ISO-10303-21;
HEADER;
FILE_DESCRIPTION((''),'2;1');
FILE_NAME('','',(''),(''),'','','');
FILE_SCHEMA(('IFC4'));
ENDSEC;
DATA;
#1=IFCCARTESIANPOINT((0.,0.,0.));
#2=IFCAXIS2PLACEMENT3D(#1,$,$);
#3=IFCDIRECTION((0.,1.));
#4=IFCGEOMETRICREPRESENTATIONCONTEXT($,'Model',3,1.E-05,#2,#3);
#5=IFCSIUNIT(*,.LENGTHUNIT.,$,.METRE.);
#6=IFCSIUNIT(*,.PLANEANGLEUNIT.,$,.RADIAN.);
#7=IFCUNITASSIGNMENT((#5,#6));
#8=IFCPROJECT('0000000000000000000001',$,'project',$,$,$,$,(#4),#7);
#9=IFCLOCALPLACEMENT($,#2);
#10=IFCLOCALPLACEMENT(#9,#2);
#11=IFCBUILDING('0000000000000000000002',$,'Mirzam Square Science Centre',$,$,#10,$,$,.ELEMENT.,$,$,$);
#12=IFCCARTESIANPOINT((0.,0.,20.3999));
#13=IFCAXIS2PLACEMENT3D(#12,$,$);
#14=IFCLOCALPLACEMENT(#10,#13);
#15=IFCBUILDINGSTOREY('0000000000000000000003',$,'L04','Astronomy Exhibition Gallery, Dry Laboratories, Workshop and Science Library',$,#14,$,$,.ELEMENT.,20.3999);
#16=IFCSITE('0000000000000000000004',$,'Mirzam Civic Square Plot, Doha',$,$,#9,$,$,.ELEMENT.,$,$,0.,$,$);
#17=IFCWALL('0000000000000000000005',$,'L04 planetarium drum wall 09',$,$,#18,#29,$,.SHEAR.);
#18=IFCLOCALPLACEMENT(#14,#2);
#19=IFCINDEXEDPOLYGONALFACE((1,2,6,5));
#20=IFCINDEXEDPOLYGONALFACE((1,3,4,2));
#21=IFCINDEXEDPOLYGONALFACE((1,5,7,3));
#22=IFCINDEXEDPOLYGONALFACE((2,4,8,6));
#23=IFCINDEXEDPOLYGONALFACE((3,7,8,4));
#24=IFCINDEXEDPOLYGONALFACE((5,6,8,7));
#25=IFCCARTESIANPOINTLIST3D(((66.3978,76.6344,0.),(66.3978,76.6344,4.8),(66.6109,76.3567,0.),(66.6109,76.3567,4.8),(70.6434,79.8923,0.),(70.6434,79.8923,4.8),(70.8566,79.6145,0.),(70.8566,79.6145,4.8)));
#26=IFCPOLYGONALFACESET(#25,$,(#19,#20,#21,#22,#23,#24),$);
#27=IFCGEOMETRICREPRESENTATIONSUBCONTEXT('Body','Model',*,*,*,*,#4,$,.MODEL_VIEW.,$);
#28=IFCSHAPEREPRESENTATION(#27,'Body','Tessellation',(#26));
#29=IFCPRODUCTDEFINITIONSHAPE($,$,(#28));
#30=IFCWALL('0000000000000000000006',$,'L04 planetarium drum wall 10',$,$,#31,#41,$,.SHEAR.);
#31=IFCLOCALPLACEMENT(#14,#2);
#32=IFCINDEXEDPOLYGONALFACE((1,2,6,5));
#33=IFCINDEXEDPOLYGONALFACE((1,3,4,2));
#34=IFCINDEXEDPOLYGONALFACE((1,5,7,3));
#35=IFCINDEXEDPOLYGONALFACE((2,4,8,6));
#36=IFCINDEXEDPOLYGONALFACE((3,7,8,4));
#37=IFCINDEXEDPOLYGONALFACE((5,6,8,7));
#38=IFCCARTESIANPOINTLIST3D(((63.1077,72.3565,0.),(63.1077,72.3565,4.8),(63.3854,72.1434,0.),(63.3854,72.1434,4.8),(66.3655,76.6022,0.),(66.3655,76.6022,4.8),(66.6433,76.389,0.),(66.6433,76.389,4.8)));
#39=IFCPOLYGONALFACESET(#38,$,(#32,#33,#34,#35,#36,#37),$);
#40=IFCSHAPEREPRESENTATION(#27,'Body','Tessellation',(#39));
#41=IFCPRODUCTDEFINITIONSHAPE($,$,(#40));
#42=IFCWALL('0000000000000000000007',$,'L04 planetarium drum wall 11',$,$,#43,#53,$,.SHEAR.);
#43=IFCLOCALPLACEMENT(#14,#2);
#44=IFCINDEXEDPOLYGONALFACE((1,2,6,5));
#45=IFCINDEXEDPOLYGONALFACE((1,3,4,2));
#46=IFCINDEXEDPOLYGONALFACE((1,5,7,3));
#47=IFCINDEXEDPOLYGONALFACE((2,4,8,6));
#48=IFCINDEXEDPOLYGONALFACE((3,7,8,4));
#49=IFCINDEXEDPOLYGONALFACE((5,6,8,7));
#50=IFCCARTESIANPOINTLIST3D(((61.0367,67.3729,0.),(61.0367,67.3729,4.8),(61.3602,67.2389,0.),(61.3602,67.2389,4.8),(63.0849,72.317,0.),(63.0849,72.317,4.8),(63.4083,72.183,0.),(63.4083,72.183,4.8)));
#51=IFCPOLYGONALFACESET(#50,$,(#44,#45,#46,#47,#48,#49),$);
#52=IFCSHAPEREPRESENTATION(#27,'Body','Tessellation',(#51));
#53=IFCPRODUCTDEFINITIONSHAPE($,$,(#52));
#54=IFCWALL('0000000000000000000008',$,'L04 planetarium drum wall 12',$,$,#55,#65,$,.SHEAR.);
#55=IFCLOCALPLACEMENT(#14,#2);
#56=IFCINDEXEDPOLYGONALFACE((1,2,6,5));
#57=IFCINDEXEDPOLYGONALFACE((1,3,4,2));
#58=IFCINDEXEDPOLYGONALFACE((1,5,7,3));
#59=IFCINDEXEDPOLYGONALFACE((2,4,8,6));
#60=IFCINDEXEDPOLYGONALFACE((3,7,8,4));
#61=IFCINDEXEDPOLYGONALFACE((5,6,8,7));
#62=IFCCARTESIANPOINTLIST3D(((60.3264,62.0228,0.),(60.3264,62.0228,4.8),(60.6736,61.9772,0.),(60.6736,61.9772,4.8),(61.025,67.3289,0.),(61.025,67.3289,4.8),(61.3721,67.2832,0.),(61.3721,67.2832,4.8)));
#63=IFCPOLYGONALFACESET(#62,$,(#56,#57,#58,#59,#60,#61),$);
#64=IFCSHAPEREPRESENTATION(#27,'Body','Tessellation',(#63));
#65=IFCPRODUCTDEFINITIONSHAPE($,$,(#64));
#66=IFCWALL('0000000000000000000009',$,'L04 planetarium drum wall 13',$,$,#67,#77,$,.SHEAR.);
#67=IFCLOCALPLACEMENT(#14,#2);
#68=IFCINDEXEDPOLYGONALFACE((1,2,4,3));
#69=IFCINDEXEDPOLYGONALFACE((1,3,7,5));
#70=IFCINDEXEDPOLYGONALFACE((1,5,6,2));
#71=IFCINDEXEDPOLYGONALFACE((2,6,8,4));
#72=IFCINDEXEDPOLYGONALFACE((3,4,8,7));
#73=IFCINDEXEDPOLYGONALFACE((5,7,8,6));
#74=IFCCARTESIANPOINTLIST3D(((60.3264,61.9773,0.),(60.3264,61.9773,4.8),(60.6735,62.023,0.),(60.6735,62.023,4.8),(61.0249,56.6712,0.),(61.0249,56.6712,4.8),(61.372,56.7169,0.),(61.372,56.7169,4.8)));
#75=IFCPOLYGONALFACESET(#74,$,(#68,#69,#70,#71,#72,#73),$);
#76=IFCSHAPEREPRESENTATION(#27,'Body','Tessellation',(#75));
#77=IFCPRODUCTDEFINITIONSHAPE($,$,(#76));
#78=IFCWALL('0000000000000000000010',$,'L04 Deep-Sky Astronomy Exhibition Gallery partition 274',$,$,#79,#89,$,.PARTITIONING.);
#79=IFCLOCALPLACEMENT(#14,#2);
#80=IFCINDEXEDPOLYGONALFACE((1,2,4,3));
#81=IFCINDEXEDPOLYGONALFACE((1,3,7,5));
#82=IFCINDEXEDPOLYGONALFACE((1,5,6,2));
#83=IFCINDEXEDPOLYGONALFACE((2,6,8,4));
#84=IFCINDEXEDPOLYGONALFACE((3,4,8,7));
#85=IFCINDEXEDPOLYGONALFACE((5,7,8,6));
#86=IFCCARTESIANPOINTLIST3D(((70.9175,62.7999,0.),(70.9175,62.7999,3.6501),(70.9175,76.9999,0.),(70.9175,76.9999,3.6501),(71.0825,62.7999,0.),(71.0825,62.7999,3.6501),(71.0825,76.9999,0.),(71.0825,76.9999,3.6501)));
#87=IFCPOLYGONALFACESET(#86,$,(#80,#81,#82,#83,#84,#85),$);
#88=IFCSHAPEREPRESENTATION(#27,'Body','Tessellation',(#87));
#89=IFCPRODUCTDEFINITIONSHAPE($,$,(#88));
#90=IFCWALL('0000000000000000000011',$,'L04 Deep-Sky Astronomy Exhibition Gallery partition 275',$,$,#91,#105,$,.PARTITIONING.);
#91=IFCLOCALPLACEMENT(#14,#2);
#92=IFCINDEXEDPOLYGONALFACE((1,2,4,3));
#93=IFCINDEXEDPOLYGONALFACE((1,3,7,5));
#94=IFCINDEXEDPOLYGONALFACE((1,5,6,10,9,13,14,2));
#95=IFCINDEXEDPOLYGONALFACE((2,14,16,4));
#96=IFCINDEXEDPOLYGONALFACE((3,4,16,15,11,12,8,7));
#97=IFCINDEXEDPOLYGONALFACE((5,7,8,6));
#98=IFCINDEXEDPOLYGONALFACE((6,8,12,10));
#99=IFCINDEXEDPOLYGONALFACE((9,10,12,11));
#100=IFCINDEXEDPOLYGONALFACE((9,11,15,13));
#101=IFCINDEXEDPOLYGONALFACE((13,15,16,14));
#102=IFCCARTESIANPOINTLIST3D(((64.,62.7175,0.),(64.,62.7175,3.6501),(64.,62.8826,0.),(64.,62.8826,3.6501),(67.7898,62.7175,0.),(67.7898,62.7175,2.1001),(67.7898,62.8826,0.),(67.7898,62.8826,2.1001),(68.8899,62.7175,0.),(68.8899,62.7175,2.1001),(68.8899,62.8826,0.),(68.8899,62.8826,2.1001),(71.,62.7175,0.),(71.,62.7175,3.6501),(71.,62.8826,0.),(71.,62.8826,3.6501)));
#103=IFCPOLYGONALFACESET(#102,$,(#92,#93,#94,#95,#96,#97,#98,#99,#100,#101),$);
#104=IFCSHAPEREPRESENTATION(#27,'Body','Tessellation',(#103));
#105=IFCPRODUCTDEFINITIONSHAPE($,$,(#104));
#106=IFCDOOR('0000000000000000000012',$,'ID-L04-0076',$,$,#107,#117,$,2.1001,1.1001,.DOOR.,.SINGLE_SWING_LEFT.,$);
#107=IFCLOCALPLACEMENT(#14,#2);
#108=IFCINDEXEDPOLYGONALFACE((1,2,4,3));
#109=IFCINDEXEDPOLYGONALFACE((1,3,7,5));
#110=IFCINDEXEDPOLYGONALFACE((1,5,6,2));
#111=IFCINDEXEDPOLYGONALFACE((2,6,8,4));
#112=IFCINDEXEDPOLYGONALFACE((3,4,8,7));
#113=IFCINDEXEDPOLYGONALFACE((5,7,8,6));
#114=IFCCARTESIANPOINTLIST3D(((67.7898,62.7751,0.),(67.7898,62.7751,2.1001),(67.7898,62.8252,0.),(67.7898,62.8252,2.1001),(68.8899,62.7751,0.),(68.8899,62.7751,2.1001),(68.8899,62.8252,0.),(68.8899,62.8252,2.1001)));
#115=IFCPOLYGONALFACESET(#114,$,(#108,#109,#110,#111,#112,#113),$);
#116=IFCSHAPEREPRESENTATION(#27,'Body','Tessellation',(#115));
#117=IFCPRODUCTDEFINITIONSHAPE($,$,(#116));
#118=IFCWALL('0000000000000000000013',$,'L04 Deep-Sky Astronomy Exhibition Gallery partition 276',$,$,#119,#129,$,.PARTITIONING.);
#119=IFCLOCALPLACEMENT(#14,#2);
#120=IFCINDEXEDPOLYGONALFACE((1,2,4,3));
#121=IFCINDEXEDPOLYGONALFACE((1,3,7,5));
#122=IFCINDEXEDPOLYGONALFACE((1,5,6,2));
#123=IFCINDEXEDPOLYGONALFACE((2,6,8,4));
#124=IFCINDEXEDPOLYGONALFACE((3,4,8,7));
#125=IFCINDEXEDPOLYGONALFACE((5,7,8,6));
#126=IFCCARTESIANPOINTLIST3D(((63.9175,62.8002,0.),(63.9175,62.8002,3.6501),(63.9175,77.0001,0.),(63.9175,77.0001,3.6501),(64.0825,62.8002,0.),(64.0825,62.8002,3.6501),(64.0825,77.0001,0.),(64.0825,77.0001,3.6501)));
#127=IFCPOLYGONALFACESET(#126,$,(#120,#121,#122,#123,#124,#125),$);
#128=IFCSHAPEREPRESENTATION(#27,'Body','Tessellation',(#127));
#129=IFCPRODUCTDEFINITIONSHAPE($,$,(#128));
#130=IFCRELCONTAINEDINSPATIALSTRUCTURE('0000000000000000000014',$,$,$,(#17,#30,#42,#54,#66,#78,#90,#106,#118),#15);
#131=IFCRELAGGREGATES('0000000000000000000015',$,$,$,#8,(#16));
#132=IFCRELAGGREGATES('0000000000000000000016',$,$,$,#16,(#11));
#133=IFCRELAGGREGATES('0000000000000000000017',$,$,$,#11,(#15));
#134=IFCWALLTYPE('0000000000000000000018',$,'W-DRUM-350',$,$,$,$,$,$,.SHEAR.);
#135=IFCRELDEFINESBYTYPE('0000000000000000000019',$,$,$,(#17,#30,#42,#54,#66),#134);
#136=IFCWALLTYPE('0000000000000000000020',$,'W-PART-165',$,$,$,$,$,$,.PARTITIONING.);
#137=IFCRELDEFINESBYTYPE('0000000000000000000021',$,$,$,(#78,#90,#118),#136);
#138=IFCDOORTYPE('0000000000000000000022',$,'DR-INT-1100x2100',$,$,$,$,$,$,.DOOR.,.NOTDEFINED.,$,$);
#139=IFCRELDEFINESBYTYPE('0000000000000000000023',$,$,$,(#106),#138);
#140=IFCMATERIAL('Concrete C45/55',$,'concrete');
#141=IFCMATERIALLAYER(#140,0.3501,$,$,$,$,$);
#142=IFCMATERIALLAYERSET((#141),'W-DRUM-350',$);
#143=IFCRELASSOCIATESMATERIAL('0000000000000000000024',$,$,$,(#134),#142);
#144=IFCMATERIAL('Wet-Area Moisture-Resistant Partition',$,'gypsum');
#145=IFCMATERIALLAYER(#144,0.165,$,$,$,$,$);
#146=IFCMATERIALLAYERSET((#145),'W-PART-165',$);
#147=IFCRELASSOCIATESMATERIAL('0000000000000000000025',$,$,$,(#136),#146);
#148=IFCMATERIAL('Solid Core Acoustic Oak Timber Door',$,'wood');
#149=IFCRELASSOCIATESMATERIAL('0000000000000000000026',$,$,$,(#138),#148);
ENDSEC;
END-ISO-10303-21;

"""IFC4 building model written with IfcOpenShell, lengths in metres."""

from ifc_helpers import new_model, si_unit, direction, frame, frame_2d, origin, place, context, subcontext, project, spatial, rectangle, extrude, material, layer, layer_set, type_object, element, fill, save


model = new_model("IFC4")

# Units and contexts
model_context = context("Model", 3, precision=1e-05, world=origin(), true_north=direction((0.0, 1.0)))
body_context = subcontext(model_context, "Body", "Model", "MODEL_VIEW")
ifc_project = project(units=[si_unit("LENGTHUNIT", "METRE"), si_unit("PLANEANGLEUNIT", "RADIAN")], contexts=[model_context])

# Site, building, storey
site_placement = place(None, origin())
site = spatial("IfcSite", under=ifc_project, at=site_placement, Name="Mirzam Civic Square Plot, Doha", CompositionType="ELEMENT", RefElevation=0.0)
building_placement = place(site_placement, origin())
building = spatial("IfcBuilding", under=site, at=building_placement, Name="Mirzam Square Science Centre", CompositionType="ELEMENT")
storey_placement = place(building_placement, frame((0.0, 0.0, 20.3999)))
storey = spatial("IfcBuildingStorey", under=building, at=storey_placement, Name="L04", Description="Astronomy Exhibition Gallery, Dry Laboratories, Workshop and Science Library", CompositionType="ELEMENT", Elevation=20.3999)

# Shared definitions
ifc_material_1 = material(Name="Concrete C45/55", Category="concrete")

# Walls
ifc_layer_1 = layer(ifc_material_1, 0.3501)
ifc_layer_set_1 = layer_set([ifc_layer_1], Name="W-DRUM-350")
wall_type_1 = type_object("IfcWallType", Name="W-DRUM-350", PredefinedType="SHEAR", material=ifc_layer_set_1)
for number, where, z_axis, x_axis, name in (
    (1, (70.75, 79.7534, 0.0), (0.0, 0.0, 1.0), (-0.793349, -0.608767, 0.0), "L04 planetarium drum wall 09"),
    (2, (66.5044, 76.4956, 0.0), (0.0, 0.0, 1.0), (-0.608767, -0.793349, 0.0), "L04 planetarium drum wall 10"),
    (3, (63.2466, 72.25, 0.0), (0.0, 0.0, 1.0), (-0.382713, -0.923867, 0.0), "L04 planetarium drum wall 11"),
):
    element("IfcWall", number, at=place(storey_placement, frame(where, z_axis=z_axis, x_axis=x_axis)), inside=storey, type_object=wall_type_1, Name=name, PredefinedType="SHEAR", context=body_context, shape_type="SweptSolid", body=[
        extrude(rectangle(XDim=5.3516, YDim=0.3501, at=frame_2d((2.6758, 0.0))), origin(), (0.0, 0.0, 1.0), 4.8),
    ])
for number, where, z_axis, x_axis, name in (
    (4, (61.1985, 67.3059, 0.0), (0.0, 0.0, 1.0), (-0.130517, -0.991446, 0.0), "L04 planetarium drum wall 12"),
    (5, (60.5, 62.0, 0.0), (0.0, 0.0, 1.0), (0.130517, -0.991446, 0.0), "L04 planetarium drum wall 13"),
):
    element("IfcWall", number, at=place(storey_placement, frame(where, z_axis=z_axis, x_axis=x_axis)), inside=storey, type_object=wall_type_1, Name=name, PredefinedType="SHEAR", context=body_context, shape_type="SweptSolid", body=[
        extrude(rectangle(XDim=5.3518, YDim=0.3501, at=frame_2d((2.6758, 0.0))), origin(), (0.0, 0.0, 1.0), 4.8),
    ])
ifc_material_2 = material(Name="Wet-Area Moisture-Resistant Partition", Category="gypsum")
ifc_layer_2 = layer(ifc_material_2, 0.165)
ifc_layer_set_2 = layer_set([ifc_layer_2], Name="W-PART-165")
wall_type_2 = type_object("IfcWallType", Name="W-PART-165", PredefinedType="PARTITIONING", material=ifc_layer_set_2)
wall_1_placement = place(storey_placement, frame((71.0, 77.0, 0.0), z_axis=(0.0, 0.0, 1.0), x_axis=(0.0, -1.0, 0.0)))
element("IfcWall", 6, at=wall_1_placement, inside=storey, type_object=wall_type_2, Name="L04 Deep-Sky Astronomy Exhibition Gallery partition 274", PredefinedType="PARTITIONING", context=body_context, shape_type="SweptSolid", body=[
    extrude(rectangle(XDim=14.2, YDim=0.165, at=frame_2d((7.1001, 0.0))), origin(), (0.0, 0.0, 1.0), 3.6501),
])

# Wall, opening, door
wall_2_placement = place(storey_placement, frame((71.0, 62.8, 0.0), z_axis=(0.0, 0.0, 1.0), x_axis=(-1.0, 0.0, 0.0)))
wall_2 = element("IfcWall", 7, at=wall_2_placement, inside=storey, type_object=wall_type_2, Name="L04 Deep-Sky Astronomy Exhibition Gallery partition 275", PredefinedType="PARTITIONING", context=body_context, shape_type="SweptSolid", body=[
    extrude(rectangle(XDim=7.0, YDim=0.165, at=frame_2d((3.5, 0.0))), origin(), (0.0, 0.0, 1.0), 3.6501),
])
opening_placement = place(wall_2_placement, frame((2.1101, 0.0, 0.0)))
opening = element("IfcOpeningElement", 8, at=opening_placement, cuts=wall_2, PredefinedType="OPENING", context=body_context, shape_type="SweptSolid", body=[
    extrude(rectangle(XDim=1.1001, YDim=2.1001, at=frame_2d((0.55, 1.05))), frame((0.0, 0.0925, 0.0), z_axis=(0.0, -1.0, 0.0), x_axis=(1.0, 0.0, 0.0)), (0.0, 0.0, 1.0), 0.1851),
])
ifc_material_3 = material(Name="Solid Core Acoustic Oak Timber Door", Category="wood")
door_type = type_object("IfcDoorType", Name="DR-INT-1100x2100", OperationType="NOTDEFINED", PredefinedType="DOOR", material=ifc_material_3)
door_placement = place(opening_placement, origin())
door = element("IfcDoor", 9, at=door_placement, inside=storey, type_object=door_type, Name="ID-L04-0076", OperationType="SINGLE_SWING_LEFT", OverallHeight=2.1001, OverallWidth=1.1001, PredefinedType="DOOR", context=body_context, shape_type="SweptSolid", body=[
    extrude(rectangle(XDim=1.1001, YDim=2.1001, at=frame_2d((0.55, 1.05))), frame((0.0, 0.0249, 0.0), z_axis=(0.0, -1.0, 0.0), x_axis=(1.0, 0.0, 0.0)), (0.0, 0.0, 1.0), 0.05),
])
fill(opening, door)

# Wall
wall_3_placement = place(storey_placement, frame((64.0, 62.8, 0.0), z_axis=(0.0, 0.0, 1.0), x_axis=(0.0, 1.0, 0.0)))
element("IfcWall", 10, at=wall_3_placement, inside=storey, type_object=wall_type_2, Name="L04 Deep-Sky Astronomy Exhibition Gallery partition 276", PredefinedType="PARTITIONING", context=body_context, shape_type="SweptSolid", body=[
    extrude(rectangle(XDim=14.2, YDim=0.165, at=frame_2d((7.1001, 0.0))), origin(), (0.0, 0.0, 1.0), 3.6501),
])

save(model, "model.ifc")
